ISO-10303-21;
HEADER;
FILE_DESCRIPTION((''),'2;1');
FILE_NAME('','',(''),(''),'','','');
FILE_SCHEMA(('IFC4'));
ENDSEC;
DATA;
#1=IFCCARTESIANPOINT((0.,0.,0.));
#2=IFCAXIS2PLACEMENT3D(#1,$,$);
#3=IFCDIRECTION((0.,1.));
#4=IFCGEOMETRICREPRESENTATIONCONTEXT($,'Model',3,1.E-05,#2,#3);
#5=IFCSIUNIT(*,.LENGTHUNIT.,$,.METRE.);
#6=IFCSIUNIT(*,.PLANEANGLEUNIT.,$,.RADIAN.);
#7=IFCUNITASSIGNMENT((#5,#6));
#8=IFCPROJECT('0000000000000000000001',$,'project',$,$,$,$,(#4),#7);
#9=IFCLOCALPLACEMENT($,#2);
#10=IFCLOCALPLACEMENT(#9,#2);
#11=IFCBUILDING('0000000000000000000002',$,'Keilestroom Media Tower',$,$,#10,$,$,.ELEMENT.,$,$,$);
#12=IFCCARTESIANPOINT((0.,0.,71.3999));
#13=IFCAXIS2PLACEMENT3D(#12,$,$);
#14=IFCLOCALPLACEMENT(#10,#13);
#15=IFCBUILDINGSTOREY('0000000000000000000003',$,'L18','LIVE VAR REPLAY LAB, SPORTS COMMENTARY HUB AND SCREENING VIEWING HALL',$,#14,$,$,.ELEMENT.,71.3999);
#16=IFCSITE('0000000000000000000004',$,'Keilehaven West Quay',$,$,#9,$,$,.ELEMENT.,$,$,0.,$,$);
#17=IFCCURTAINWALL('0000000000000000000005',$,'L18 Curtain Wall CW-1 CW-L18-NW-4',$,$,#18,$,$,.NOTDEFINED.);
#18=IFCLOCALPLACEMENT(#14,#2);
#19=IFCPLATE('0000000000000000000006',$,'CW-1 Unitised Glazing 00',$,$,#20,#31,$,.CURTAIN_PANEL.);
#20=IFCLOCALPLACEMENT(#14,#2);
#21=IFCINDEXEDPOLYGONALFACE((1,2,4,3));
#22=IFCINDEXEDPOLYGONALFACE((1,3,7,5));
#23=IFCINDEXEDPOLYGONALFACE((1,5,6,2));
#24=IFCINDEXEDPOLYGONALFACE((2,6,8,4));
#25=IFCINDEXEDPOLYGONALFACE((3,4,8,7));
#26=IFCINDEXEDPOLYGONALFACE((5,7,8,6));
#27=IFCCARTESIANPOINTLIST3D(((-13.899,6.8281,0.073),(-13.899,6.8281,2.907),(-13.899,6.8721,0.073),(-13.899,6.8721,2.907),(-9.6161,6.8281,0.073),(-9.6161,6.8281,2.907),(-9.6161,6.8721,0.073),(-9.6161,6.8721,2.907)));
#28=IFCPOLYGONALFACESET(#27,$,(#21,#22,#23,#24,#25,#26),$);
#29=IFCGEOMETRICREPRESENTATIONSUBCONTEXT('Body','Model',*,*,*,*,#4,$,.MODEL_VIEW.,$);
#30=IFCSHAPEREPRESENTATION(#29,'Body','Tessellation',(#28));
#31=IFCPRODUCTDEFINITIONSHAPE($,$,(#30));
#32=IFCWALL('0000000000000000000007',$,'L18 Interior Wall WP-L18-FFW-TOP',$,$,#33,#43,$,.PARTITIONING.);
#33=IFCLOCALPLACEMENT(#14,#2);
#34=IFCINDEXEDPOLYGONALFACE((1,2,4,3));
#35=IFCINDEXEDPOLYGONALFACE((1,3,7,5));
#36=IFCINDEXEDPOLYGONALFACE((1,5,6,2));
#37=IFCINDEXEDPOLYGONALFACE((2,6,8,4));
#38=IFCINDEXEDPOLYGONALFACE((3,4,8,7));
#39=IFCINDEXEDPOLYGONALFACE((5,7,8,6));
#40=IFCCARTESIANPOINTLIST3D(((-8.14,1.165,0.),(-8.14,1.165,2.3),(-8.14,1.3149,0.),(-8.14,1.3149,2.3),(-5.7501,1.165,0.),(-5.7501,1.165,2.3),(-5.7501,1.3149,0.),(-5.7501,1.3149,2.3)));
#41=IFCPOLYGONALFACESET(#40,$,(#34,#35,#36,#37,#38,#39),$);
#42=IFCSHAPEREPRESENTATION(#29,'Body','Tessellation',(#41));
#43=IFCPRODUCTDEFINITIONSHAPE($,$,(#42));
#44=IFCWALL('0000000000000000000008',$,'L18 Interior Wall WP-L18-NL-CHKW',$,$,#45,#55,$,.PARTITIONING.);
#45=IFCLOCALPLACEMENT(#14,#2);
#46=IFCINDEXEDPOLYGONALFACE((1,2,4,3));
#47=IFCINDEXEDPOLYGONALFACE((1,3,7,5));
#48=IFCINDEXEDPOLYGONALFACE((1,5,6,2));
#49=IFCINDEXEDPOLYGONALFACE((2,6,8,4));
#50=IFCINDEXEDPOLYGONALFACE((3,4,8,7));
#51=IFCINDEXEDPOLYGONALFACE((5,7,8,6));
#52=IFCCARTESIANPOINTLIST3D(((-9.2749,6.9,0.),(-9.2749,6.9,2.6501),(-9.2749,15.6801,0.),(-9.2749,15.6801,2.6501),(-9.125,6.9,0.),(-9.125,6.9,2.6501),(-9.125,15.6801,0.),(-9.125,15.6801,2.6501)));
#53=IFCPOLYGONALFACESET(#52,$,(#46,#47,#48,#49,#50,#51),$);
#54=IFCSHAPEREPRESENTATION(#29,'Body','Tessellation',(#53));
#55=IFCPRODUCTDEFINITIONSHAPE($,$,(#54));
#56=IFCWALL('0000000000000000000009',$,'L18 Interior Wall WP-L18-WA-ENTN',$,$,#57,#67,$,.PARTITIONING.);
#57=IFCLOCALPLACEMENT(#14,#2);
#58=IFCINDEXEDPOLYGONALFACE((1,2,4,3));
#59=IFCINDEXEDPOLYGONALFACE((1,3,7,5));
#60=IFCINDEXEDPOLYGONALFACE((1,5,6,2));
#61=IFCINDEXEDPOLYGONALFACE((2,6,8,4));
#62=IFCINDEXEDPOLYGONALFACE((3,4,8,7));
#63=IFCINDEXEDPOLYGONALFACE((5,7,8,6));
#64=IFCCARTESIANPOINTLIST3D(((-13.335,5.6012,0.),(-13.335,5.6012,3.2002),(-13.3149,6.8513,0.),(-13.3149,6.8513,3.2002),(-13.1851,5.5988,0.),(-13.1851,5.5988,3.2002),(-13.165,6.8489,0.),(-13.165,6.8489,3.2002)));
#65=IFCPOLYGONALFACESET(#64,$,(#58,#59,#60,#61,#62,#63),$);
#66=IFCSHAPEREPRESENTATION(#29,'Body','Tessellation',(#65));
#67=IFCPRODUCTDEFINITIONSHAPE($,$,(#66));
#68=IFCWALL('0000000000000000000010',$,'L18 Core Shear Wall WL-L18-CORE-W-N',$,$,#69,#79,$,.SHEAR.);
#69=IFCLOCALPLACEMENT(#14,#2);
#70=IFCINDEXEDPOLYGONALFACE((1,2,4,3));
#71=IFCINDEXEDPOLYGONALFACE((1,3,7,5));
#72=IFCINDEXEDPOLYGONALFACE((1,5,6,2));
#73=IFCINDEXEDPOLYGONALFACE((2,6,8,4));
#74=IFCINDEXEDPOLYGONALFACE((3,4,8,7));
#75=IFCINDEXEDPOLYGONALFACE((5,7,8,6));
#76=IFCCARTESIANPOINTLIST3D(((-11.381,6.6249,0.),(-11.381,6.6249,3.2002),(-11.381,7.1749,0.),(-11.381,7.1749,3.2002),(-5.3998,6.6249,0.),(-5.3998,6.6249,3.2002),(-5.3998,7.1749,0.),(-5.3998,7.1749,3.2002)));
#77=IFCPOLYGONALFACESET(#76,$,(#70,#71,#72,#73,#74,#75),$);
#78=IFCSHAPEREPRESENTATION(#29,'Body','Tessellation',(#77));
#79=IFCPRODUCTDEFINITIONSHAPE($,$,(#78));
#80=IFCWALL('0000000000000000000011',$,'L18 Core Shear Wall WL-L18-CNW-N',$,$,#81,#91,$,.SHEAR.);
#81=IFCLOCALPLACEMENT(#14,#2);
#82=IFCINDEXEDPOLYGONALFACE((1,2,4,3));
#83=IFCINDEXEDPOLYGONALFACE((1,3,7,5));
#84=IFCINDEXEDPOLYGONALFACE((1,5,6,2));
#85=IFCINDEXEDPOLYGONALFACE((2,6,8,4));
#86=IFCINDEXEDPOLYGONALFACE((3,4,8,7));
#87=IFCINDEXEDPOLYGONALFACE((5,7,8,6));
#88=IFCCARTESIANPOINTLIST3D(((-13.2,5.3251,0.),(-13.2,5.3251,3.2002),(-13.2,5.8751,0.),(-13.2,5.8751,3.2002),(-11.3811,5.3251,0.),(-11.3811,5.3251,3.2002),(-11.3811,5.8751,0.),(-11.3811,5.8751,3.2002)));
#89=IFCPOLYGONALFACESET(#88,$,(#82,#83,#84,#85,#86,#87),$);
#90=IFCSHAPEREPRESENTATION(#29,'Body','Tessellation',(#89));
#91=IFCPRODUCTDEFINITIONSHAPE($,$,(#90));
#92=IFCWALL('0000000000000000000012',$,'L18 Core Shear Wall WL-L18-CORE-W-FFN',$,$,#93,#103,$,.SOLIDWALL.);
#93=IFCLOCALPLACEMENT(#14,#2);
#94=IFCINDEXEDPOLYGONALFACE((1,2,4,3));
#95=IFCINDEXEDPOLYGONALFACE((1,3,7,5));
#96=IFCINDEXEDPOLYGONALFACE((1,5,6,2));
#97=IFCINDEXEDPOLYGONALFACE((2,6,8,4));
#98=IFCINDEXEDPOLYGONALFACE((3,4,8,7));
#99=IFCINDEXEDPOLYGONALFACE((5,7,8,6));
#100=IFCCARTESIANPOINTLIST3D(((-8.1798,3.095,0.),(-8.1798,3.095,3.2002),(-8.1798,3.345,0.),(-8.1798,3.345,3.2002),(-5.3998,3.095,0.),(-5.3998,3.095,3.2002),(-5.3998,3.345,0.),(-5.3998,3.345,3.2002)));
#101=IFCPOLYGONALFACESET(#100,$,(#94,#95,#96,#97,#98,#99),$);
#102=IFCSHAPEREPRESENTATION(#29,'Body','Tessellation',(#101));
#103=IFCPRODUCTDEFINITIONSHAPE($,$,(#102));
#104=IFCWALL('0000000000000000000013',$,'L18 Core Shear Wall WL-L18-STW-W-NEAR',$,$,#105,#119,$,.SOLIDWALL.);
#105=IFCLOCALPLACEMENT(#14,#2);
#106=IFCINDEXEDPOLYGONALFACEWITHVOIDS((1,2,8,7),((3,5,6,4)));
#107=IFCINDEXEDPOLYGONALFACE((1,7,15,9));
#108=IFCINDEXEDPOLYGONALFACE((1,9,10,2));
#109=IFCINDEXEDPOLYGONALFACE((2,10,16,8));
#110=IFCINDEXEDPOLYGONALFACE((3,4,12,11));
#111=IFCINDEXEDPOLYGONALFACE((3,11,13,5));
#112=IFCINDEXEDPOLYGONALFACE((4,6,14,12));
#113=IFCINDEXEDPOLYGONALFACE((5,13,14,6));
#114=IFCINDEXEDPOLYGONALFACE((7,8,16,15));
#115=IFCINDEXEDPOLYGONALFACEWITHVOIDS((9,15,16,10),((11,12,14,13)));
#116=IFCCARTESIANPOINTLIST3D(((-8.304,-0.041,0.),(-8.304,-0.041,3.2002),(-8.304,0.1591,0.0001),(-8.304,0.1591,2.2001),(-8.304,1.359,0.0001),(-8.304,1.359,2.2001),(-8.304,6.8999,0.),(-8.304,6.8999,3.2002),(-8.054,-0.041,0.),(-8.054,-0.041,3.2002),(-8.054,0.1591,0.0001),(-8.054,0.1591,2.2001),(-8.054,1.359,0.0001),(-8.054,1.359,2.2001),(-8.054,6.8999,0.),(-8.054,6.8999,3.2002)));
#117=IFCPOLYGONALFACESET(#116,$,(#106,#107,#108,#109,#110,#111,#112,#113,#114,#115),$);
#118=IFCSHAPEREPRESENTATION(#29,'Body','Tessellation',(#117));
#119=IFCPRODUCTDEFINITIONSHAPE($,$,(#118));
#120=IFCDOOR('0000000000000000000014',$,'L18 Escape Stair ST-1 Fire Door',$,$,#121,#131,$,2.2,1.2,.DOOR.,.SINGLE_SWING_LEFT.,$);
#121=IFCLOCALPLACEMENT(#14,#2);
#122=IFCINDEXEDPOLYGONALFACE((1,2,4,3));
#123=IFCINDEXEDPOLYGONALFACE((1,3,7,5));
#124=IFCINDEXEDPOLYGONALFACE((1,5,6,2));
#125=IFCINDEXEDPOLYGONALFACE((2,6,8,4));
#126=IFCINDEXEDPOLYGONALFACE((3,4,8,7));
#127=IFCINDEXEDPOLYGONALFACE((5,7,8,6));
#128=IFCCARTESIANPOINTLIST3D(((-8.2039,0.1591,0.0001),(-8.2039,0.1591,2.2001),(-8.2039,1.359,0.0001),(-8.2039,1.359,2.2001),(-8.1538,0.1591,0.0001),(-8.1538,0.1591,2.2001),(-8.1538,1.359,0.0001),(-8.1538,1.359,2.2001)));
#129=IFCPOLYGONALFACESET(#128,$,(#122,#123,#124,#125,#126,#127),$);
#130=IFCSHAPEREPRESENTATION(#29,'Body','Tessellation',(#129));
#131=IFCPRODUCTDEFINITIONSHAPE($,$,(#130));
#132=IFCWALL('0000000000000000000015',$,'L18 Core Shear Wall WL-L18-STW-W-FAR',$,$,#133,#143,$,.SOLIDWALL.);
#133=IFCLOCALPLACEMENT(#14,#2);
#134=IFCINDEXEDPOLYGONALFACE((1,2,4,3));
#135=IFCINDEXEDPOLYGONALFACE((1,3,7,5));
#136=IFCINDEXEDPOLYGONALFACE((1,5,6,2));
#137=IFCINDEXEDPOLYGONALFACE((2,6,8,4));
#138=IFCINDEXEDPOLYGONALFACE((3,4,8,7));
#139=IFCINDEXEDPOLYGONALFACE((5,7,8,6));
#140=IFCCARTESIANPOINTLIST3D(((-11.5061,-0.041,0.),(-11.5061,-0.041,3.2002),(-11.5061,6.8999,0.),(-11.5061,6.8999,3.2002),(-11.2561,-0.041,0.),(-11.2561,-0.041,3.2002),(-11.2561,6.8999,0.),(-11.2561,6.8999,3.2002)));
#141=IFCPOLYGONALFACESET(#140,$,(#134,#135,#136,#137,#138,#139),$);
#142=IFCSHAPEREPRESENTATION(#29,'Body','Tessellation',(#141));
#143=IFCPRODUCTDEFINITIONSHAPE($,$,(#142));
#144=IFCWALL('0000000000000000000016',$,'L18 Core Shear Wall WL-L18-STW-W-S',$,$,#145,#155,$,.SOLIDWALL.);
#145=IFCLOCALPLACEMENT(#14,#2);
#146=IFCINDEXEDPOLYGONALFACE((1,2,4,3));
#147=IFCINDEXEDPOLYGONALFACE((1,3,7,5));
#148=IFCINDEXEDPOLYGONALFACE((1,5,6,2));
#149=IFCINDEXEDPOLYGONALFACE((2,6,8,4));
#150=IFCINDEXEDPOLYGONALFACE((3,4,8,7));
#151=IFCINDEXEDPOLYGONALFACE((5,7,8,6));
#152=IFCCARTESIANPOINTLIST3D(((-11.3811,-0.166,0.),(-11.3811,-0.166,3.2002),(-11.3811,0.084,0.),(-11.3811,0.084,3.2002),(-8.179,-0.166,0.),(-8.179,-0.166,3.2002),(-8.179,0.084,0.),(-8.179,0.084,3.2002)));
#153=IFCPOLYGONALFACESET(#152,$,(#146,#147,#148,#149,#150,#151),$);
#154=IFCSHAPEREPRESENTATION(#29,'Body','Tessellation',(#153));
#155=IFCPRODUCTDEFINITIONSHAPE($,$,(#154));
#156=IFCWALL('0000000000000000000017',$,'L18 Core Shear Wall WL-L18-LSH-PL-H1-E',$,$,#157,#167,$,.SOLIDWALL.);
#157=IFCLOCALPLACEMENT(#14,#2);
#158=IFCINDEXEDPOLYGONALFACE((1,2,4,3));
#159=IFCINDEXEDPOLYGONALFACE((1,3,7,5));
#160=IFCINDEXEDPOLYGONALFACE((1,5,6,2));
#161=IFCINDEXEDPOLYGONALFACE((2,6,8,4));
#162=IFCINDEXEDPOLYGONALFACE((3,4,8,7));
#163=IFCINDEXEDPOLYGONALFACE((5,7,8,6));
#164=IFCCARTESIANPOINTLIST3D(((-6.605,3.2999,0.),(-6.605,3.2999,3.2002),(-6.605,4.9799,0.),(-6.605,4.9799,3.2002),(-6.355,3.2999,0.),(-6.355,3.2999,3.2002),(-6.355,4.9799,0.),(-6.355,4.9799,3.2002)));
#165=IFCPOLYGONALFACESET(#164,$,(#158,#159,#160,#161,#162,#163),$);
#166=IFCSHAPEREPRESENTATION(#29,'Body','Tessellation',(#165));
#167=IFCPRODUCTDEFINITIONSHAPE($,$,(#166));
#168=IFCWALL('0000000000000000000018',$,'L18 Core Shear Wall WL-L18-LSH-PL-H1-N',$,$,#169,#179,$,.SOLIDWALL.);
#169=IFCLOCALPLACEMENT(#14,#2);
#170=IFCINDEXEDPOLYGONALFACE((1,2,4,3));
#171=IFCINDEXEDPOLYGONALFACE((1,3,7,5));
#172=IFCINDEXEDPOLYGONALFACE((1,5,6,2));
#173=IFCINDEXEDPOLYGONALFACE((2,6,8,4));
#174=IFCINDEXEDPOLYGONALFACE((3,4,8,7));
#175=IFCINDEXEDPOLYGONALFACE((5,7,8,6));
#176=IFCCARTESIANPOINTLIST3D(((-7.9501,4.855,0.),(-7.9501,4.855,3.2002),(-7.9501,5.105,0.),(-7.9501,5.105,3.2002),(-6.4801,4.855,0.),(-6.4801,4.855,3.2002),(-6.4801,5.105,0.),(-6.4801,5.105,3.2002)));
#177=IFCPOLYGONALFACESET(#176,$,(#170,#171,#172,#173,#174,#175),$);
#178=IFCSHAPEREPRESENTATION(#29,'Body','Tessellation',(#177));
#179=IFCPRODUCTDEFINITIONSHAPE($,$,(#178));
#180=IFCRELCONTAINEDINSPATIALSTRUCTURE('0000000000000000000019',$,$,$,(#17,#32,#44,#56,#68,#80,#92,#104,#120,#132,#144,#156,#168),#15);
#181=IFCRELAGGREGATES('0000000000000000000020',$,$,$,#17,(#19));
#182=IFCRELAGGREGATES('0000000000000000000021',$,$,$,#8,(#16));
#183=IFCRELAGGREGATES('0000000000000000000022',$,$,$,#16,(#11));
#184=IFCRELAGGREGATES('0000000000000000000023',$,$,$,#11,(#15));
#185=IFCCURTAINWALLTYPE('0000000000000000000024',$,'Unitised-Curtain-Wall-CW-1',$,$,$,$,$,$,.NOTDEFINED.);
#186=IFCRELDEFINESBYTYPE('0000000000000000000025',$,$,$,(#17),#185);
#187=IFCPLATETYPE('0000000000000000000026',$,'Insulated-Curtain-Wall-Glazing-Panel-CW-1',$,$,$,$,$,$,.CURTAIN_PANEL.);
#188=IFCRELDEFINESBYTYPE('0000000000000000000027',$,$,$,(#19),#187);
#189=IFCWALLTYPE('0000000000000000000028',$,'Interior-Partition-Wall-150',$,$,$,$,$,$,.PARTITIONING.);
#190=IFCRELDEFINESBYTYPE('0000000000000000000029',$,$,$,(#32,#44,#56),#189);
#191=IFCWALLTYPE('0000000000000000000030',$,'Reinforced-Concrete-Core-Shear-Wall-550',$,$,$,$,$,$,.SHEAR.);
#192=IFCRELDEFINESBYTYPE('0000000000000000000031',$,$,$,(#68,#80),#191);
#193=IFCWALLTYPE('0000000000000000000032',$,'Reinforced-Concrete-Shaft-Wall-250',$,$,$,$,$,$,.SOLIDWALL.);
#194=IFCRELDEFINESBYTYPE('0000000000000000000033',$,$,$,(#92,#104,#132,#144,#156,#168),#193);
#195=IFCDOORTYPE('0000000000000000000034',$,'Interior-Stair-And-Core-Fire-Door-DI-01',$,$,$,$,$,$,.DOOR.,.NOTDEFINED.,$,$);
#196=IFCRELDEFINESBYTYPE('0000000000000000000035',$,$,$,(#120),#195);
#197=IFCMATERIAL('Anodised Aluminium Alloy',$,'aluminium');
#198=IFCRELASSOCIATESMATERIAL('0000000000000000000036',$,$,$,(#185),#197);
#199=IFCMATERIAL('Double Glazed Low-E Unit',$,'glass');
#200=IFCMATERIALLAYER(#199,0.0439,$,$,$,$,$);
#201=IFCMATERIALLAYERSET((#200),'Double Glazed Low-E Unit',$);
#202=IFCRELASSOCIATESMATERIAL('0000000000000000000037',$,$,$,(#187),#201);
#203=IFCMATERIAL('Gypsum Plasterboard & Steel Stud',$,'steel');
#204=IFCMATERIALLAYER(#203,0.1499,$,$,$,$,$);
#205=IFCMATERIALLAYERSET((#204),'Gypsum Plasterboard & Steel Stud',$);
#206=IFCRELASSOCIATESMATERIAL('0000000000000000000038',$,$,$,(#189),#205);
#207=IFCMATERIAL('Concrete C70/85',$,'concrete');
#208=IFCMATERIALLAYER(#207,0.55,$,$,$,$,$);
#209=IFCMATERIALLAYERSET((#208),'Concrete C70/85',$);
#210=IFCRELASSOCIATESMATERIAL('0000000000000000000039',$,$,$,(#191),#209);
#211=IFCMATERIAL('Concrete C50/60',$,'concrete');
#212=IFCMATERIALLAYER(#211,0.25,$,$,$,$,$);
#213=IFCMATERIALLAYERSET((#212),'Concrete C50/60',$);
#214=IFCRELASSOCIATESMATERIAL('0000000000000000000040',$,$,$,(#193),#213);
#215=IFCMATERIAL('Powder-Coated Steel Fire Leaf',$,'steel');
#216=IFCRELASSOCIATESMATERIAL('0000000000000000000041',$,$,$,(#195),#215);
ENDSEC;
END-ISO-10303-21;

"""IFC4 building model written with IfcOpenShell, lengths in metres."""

from ifc_helpers import new_model, si_unit, direction, frame, frame_2d, origin, origin_2d, place, context, subcontext, project, spatial, rectangle, extrude, source, transform, mapped, material, layer, layer_set, type_object, element, fill, aggregate, save


model = new_model("IFC4")

# Units and contexts
model_context = context("Model", 3, precision=1e-05, world=origin(), true_north=direction((0.0, 1.0)))
body_context = subcontext(model_context, "Body", "Model", "MODEL_VIEW")
ifc_project = project(units=[si_unit("LENGTHUNIT", "METRE"), si_unit("PLANEANGLEUNIT", "RADIAN")], contexts=[model_context])

# Site, building, storey
site_placement = place(None, origin())
site = spatial("IfcSite", under=ifc_project, at=site_placement, Name="Keilehaven West Quay", CompositionType="ELEMENT", RefElevation=0.0)
building_placement = place(site_placement, origin())
building = spatial("IfcBuilding", under=site, at=building_placement, Name="Keilestroom Media Tower", CompositionType="ELEMENT")
storey_placement = place(building_placement, frame((0.0, 0.0, 71.3999)))
storey = spatial("IfcBuildingStorey", under=building, at=storey_placement, Name="L18", Description="LIVE VAR REPLAY LAB, SPORTS COMMENTARY HUB AND SCREENING VIEWING HALL", CompositionType="ELEMENT", Elevation=71.3999)

# Shared definitions
ifc_material_1 = material(Name="Concrete C70/85", Category="concrete")

# Curtain wall
ifc_material_2 = material(Name="Anodised Aluminium Alloy", Category="aluminium")
curtain_wall_type = type_object("IfcCurtainWallType", Name="Unitised-Curtain-Wall-CW-1", PredefinedType="NOTDEFINED", material=ifc_material_2)
curtain_wall_placement = place(storey_placement, origin())
curtain_wall = element("IfcCurtainWall", 1, at=curtain_wall_placement, inside=storey, type_object=curtain_wall_type, Name="L18 Curtain Wall CW-1 CW-L18-NW-4", PredefinedType="NOTDEFINED")

# Shared definitions
ifc_material_3 = material(Name="Concrete C50/60", Category="concrete")

# Plate
ifc_material_4 = material(Name="Double Glazed Low-E Unit", Category="glass")
ifc_layer_1 = layer(ifc_material_4, 0.0439)
ifc_layer_set_1 = layer_set([ifc_layer_1], Name="Double Glazed Low-E Unit")
plate_type = type_object("IfcPlateType", Name="Insulated-Curtain-Wall-Glazing-Panel-CW-1", PredefinedType="CURTAIN_PANEL", material=ifc_layer_set_1)
shared_shape_1 = source(origin(), body_context, "Body", "SweptSolid", [
    extrude(rectangle(XDim=4.283, YDim=0.0439, at=origin_2d()), origin(), (0.0, 0.0, 1.0), 2.834),
])
plate_placement = place(storey_placement, frame((-11.7576, 6.8501, 0.073), z_axis=(0.0, 0.0, 1.0), x_axis=(1.0, 0.0, 0.0)))
plate = element("IfcPlate", 2, at=plate_placement, type_object=plate_type, Name="CW-1 Unitised Glazing 00", PredefinedType="CURTAIN_PANEL", context=body_context, shape_type="MappedRepresentation", body=[
    mapped(shared_shape_1, transform((0.0, 0.0, 0.0), x_axis=(1.0, 0.0, 0.0), y_axis=(0.0, 1.0, 0.0), z_axis=(0.0, 0.0, 1.0), scale=1.0)),
])
aggregate(curtain_wall, [plate])

# Walls
ifc_material_5 = material(Name="Gypsum Plasterboard & Steel Stud", Category="steel")
ifc_layer_2 = layer(ifc_material_5, 0.1499)
ifc_layer_set_2 = layer_set([ifc_layer_2], Name="Gypsum Plasterboard & Steel Stud")
wall_type_1 = type_object("IfcWallType", Name="Interior-Partition-Wall-150", PredefinedType="PARTITIONING", material=ifc_layer_set_2)
wall_1_placement = place(storey_placement, frame((-8.1399, 1.24, 0.0), z_axis=(0.0, 0.0, 1.0), x_axis=(1.0, 0.0, 0.0)))
element("IfcWall", 3, at=wall_1_placement, inside=storey, type_object=wall_type_1, Name="L18 Interior Wall WP-L18-FFW-TOP", PredefinedType="PARTITIONING", context=body_context, shape_type="SweptSolid", body=[
    extrude(rectangle(XDim=2.3899, YDim=0.1499, at=frame_2d((1.1948, 0.0))), origin(), (0.0, 0.0, 1.0), 2.3),
])
wall_2_placement = place(storey_placement, frame((-9.2, 6.8999, 0.0), z_axis=(0.0, 0.0, 1.0), x_axis=(0.0, 1.0, 0.0)))
element("IfcWall", 4, at=wall_2_placement, inside=storey, type_object=wall_type_1, Name="L18 Interior Wall WP-L18-NL-CHKW", PredefinedType="PARTITIONING", context=body_context, shape_type="SweptSolid", body=[
    extrude(rectangle(XDim=8.78, YDim=0.1499, at=frame_2d((4.3901, 0.0))), origin(), (0.0, 0.0, 1.0), 2.6501),
])
wall_3_placement = place(storey_placement, frame((-13.26, 5.6001, 0.0), z_axis=(0.0, 0.0, 1.0), x_axis=(0.016014, 0.999872, 0.0)))
element("IfcWall", 5, at=wall_3_placement, inside=storey, type_object=wall_type_1, Name="L18 Interior Wall WP-L18-WA-ENTN", PredefinedType="PARTITIONING", context=body_context, shape_type="SweptSolid", body=[
    extrude(rectangle(XDim=1.2502, YDim=0.1499, at=frame_2d((0.625, 0.0))), origin(), (0.0, 0.0, 1.0), 3.2002),
])
ifc_layer_3 = layer(ifc_material_1, 0.55)
ifc_layer_set_3 = layer_set([ifc_layer_3], Name="Concrete C70/85")
wall_type_2 = type_object("IfcWallType", Name="Reinforced-Concrete-Core-Shear-Wall-550", PredefinedType="SHEAR", material=ifc_layer_set_3)
wall_4_placement = place(storey_placement, frame((-11.3811, 6.8999, 0.0), z_axis=(0.0, 0.0, 1.0), x_axis=(1.0, 0.0, 0.0)))
element("IfcWall", 6, at=wall_4_placement, inside=storey, type_object=wall_type_2, Name="L18 Core Shear Wall WL-L18-CORE-W-N", PredefinedType="SHEAR", context=body_context, shape_type="SweptSolid", body=[
    extrude(rectangle(XDim=5.9812, YDim=0.55, at=frame_2d((2.9907, 0.0))), origin(), (0.0, 0.0, 1.0), 3.2002),
])
wall_5_placement = place(storey_placement, frame((-13.2, 5.6001, 0.0), z_axis=(0.0, 0.0, 1.0), x_axis=(1.0, 0.0, 0.0)))
element("IfcWall", 7, at=wall_5_placement, inside=storey, type_object=wall_type_2, Name="L18 Core Shear Wall WL-L18-CNW-N", PredefinedType="SHEAR", context=body_context, shape_type="SweptSolid", body=[
    extrude(rectangle(XDim=1.8188, YDim=0.55, at=frame_2d((0.9094, 0.0))), origin(), (0.0, 0.0, 1.0), 3.2002),
])
ifc_layer_4 = layer(ifc_material_3, 0.25)
ifc_layer_set_4 = layer_set([ifc_layer_4], Name="Concrete C50/60")
wall_type_3 = type_object("IfcWallType", Name="Reinforced-Concrete-Shaft-Wall-250", PredefinedType="SOLIDWALL", material=ifc_layer_set_4)
wall_6_placement = place(storey_placement, frame((-8.1799, 3.22, 0.0), z_axis=(0.0, 0.0, 1.0), x_axis=(1.0, 0.0, 0.0)))
element("IfcWall", 8, at=wall_6_placement, inside=storey, type_object=wall_type_3, Name="L18 Core Shear Wall WL-L18-CORE-W-FFN", PredefinedType="SOLIDWALL", context=body_context, shape_type="SweptSolid", body=[
    extrude(rectangle(XDim=2.78, YDim=0.25, at=frame_2d((1.3901, 0.0))), origin(), (0.0, 0.0, 1.0), 3.2002),
])

# Wall, opening, door
wall_7_placement = place(storey_placement, frame((-8.179, -0.041, 0.0), z_axis=(0.0, 0.0, 1.0), x_axis=(0.0, 1.0, 0.0)))
wall_7 = element("IfcWall", 9, at=wall_7_placement, inside=storey, type_object=wall_type_3, Name="L18 Core Shear Wall WL-L18-STW-W-NEAR", PredefinedType="SOLIDWALL", context=body_context, shape_type="SweptSolid", body=[
    extrude(rectangle(XDim=6.9409, YDim=0.25, at=frame_2d((3.4705, 0.0))), origin(), (0.0, 0.0, 1.0), 3.2002),
])
opening_placement = place(wall_7_placement, frame((0.2, 0.0, 0.0)))
opening = element("IfcOpeningElement", 10, at=opening_placement, cuts=wall_7, PredefinedType="OPENING", context=body_context, shape_type="SweptSolid", body=[
    extrude(rectangle(XDim=1.2, YDim=2.2, at=frame_2d((0.6001, 1.1001))), frame((0.0, 0.135, 0.0), z_axis=(0.0, -1.0, 0.0), x_axis=(1.0, 0.0, 0.0)), (0.0, 0.0, 1.0), 0.27),
])
ifc_material_6 = material(Name="Powder-Coated Steel Fire Leaf", Category="steel")
door_type = type_object("IfcDoorType", Name="Interior-Stair-And-Core-Fire-Door-DI-01", OperationType="NOTDEFINED", PredefinedType="DOOR", material=ifc_material_6)
shared_shape_2 = source(origin(), body_context, "Body", "SweptSolid", [
    extrude(rectangle(XDim=1.2, YDim=2.2, at=frame_2d((0.6001, 1.1001))), frame((0.0, 0.0249, 0.0), z_axis=(0.0, -1.0, 0.0), x_axis=(1.0, 0.0, 0.0)), (0.0, 0.0, 1.0), 0.05),
])
door_placement = place(opening_placement, origin())
door = element("IfcDoor", 11, at=door_placement, inside=storey, type_object=door_type, Name="L18 Escape Stair ST-1 Fire Door", OperationType="SINGLE_SWING_LEFT", OverallHeight=2.2, OverallWidth=1.2, PredefinedType="DOOR", context=body_context, shape_type="MappedRepresentation", body=[
    mapped(shared_shape_2, transform((0.0, 0.0, 0.0), x_axis=(1.0, 0.0, 0.0), y_axis=(0.0, 1.0, 0.0), z_axis=(0.0, 0.0, 1.0), scale=1.0)),
])
fill(opening, door)

# Walls
wall_8_placement = place(storey_placement, frame((-11.3811, -0.041, 0.0), z_axis=(0.0, 0.0, 1.0), x_axis=(0.0, 1.0, 0.0)))
element("IfcWall", 12, at=wall_8_placement, inside=storey, type_object=wall_type_3, Name="L18 Core Shear Wall WL-L18-STW-W-FAR", PredefinedType="SOLIDWALL", context=body_context, shape_type="SweptSolid", body=[
    extrude(rectangle(XDim=6.9409, YDim=0.25, at=frame_2d((3.4705, 0.0))), origin(), (0.0, 0.0, 1.0), 3.2002),
])
wall_9_placement = place(storey_placement, frame((-11.3811, -0.041, 0.0), z_axis=(0.0, 0.0, 1.0), x_axis=(1.0, 0.0, 0.0)))
element("IfcWall", 13, at=wall_9_placement, inside=storey, type_object=wall_type_3, Name="L18 Core Shear Wall WL-L18-STW-W-S", PredefinedType="SOLIDWALL", context=body_context, shape_type="SweptSolid", body=[
    extrude(rectangle(XDim=3.2021, YDim=0.25, at=frame_2d((1.6011, 0.0))), origin(), (0.0, 0.0, 1.0), 3.2002),
])
wall_10_placement = place(storey_placement, frame((-6.48, 3.3, 0.0), z_axis=(0.0, 0.0, 1.0), x_axis=(0.0, 1.0, 0.0)))
element("IfcWall", 14, at=wall_10_placement, inside=storey, type_object=wall_type_3, Name="L18 Core Shear Wall WL-L18-LSH-PL-H1-E", PredefinedType="SOLIDWALL", context=body_context, shape_type="SweptSolid", body=[
    extrude(rectangle(XDim=1.6799, YDim=0.25, at=frame_2d((0.8398, 0.0))), origin(), (0.0, 0.0, 1.0), 3.2002),
])
wall_11_placement = place(storey_placement, frame((-7.95, 4.98, 0.0), z_axis=(0.0, 0.0, 1.0), x_axis=(1.0, 0.0, 0.0)))
element("IfcWall", 15, at=wall_11_placement, inside=storey, type_object=wall_type_3, Name="L18 Core Shear Wall WL-L18-LSH-PL-H1-N", PredefinedType="SOLIDWALL", context=body_context, shape_type="SweptSolid", body=[
    extrude(rectangle(XDim=1.47, YDim=0.25, at=frame_2d((0.7349, 0.0))), origin(), (0.0, 0.0, 1.0), 3.2002),
])

save(model, "model.ifc")
